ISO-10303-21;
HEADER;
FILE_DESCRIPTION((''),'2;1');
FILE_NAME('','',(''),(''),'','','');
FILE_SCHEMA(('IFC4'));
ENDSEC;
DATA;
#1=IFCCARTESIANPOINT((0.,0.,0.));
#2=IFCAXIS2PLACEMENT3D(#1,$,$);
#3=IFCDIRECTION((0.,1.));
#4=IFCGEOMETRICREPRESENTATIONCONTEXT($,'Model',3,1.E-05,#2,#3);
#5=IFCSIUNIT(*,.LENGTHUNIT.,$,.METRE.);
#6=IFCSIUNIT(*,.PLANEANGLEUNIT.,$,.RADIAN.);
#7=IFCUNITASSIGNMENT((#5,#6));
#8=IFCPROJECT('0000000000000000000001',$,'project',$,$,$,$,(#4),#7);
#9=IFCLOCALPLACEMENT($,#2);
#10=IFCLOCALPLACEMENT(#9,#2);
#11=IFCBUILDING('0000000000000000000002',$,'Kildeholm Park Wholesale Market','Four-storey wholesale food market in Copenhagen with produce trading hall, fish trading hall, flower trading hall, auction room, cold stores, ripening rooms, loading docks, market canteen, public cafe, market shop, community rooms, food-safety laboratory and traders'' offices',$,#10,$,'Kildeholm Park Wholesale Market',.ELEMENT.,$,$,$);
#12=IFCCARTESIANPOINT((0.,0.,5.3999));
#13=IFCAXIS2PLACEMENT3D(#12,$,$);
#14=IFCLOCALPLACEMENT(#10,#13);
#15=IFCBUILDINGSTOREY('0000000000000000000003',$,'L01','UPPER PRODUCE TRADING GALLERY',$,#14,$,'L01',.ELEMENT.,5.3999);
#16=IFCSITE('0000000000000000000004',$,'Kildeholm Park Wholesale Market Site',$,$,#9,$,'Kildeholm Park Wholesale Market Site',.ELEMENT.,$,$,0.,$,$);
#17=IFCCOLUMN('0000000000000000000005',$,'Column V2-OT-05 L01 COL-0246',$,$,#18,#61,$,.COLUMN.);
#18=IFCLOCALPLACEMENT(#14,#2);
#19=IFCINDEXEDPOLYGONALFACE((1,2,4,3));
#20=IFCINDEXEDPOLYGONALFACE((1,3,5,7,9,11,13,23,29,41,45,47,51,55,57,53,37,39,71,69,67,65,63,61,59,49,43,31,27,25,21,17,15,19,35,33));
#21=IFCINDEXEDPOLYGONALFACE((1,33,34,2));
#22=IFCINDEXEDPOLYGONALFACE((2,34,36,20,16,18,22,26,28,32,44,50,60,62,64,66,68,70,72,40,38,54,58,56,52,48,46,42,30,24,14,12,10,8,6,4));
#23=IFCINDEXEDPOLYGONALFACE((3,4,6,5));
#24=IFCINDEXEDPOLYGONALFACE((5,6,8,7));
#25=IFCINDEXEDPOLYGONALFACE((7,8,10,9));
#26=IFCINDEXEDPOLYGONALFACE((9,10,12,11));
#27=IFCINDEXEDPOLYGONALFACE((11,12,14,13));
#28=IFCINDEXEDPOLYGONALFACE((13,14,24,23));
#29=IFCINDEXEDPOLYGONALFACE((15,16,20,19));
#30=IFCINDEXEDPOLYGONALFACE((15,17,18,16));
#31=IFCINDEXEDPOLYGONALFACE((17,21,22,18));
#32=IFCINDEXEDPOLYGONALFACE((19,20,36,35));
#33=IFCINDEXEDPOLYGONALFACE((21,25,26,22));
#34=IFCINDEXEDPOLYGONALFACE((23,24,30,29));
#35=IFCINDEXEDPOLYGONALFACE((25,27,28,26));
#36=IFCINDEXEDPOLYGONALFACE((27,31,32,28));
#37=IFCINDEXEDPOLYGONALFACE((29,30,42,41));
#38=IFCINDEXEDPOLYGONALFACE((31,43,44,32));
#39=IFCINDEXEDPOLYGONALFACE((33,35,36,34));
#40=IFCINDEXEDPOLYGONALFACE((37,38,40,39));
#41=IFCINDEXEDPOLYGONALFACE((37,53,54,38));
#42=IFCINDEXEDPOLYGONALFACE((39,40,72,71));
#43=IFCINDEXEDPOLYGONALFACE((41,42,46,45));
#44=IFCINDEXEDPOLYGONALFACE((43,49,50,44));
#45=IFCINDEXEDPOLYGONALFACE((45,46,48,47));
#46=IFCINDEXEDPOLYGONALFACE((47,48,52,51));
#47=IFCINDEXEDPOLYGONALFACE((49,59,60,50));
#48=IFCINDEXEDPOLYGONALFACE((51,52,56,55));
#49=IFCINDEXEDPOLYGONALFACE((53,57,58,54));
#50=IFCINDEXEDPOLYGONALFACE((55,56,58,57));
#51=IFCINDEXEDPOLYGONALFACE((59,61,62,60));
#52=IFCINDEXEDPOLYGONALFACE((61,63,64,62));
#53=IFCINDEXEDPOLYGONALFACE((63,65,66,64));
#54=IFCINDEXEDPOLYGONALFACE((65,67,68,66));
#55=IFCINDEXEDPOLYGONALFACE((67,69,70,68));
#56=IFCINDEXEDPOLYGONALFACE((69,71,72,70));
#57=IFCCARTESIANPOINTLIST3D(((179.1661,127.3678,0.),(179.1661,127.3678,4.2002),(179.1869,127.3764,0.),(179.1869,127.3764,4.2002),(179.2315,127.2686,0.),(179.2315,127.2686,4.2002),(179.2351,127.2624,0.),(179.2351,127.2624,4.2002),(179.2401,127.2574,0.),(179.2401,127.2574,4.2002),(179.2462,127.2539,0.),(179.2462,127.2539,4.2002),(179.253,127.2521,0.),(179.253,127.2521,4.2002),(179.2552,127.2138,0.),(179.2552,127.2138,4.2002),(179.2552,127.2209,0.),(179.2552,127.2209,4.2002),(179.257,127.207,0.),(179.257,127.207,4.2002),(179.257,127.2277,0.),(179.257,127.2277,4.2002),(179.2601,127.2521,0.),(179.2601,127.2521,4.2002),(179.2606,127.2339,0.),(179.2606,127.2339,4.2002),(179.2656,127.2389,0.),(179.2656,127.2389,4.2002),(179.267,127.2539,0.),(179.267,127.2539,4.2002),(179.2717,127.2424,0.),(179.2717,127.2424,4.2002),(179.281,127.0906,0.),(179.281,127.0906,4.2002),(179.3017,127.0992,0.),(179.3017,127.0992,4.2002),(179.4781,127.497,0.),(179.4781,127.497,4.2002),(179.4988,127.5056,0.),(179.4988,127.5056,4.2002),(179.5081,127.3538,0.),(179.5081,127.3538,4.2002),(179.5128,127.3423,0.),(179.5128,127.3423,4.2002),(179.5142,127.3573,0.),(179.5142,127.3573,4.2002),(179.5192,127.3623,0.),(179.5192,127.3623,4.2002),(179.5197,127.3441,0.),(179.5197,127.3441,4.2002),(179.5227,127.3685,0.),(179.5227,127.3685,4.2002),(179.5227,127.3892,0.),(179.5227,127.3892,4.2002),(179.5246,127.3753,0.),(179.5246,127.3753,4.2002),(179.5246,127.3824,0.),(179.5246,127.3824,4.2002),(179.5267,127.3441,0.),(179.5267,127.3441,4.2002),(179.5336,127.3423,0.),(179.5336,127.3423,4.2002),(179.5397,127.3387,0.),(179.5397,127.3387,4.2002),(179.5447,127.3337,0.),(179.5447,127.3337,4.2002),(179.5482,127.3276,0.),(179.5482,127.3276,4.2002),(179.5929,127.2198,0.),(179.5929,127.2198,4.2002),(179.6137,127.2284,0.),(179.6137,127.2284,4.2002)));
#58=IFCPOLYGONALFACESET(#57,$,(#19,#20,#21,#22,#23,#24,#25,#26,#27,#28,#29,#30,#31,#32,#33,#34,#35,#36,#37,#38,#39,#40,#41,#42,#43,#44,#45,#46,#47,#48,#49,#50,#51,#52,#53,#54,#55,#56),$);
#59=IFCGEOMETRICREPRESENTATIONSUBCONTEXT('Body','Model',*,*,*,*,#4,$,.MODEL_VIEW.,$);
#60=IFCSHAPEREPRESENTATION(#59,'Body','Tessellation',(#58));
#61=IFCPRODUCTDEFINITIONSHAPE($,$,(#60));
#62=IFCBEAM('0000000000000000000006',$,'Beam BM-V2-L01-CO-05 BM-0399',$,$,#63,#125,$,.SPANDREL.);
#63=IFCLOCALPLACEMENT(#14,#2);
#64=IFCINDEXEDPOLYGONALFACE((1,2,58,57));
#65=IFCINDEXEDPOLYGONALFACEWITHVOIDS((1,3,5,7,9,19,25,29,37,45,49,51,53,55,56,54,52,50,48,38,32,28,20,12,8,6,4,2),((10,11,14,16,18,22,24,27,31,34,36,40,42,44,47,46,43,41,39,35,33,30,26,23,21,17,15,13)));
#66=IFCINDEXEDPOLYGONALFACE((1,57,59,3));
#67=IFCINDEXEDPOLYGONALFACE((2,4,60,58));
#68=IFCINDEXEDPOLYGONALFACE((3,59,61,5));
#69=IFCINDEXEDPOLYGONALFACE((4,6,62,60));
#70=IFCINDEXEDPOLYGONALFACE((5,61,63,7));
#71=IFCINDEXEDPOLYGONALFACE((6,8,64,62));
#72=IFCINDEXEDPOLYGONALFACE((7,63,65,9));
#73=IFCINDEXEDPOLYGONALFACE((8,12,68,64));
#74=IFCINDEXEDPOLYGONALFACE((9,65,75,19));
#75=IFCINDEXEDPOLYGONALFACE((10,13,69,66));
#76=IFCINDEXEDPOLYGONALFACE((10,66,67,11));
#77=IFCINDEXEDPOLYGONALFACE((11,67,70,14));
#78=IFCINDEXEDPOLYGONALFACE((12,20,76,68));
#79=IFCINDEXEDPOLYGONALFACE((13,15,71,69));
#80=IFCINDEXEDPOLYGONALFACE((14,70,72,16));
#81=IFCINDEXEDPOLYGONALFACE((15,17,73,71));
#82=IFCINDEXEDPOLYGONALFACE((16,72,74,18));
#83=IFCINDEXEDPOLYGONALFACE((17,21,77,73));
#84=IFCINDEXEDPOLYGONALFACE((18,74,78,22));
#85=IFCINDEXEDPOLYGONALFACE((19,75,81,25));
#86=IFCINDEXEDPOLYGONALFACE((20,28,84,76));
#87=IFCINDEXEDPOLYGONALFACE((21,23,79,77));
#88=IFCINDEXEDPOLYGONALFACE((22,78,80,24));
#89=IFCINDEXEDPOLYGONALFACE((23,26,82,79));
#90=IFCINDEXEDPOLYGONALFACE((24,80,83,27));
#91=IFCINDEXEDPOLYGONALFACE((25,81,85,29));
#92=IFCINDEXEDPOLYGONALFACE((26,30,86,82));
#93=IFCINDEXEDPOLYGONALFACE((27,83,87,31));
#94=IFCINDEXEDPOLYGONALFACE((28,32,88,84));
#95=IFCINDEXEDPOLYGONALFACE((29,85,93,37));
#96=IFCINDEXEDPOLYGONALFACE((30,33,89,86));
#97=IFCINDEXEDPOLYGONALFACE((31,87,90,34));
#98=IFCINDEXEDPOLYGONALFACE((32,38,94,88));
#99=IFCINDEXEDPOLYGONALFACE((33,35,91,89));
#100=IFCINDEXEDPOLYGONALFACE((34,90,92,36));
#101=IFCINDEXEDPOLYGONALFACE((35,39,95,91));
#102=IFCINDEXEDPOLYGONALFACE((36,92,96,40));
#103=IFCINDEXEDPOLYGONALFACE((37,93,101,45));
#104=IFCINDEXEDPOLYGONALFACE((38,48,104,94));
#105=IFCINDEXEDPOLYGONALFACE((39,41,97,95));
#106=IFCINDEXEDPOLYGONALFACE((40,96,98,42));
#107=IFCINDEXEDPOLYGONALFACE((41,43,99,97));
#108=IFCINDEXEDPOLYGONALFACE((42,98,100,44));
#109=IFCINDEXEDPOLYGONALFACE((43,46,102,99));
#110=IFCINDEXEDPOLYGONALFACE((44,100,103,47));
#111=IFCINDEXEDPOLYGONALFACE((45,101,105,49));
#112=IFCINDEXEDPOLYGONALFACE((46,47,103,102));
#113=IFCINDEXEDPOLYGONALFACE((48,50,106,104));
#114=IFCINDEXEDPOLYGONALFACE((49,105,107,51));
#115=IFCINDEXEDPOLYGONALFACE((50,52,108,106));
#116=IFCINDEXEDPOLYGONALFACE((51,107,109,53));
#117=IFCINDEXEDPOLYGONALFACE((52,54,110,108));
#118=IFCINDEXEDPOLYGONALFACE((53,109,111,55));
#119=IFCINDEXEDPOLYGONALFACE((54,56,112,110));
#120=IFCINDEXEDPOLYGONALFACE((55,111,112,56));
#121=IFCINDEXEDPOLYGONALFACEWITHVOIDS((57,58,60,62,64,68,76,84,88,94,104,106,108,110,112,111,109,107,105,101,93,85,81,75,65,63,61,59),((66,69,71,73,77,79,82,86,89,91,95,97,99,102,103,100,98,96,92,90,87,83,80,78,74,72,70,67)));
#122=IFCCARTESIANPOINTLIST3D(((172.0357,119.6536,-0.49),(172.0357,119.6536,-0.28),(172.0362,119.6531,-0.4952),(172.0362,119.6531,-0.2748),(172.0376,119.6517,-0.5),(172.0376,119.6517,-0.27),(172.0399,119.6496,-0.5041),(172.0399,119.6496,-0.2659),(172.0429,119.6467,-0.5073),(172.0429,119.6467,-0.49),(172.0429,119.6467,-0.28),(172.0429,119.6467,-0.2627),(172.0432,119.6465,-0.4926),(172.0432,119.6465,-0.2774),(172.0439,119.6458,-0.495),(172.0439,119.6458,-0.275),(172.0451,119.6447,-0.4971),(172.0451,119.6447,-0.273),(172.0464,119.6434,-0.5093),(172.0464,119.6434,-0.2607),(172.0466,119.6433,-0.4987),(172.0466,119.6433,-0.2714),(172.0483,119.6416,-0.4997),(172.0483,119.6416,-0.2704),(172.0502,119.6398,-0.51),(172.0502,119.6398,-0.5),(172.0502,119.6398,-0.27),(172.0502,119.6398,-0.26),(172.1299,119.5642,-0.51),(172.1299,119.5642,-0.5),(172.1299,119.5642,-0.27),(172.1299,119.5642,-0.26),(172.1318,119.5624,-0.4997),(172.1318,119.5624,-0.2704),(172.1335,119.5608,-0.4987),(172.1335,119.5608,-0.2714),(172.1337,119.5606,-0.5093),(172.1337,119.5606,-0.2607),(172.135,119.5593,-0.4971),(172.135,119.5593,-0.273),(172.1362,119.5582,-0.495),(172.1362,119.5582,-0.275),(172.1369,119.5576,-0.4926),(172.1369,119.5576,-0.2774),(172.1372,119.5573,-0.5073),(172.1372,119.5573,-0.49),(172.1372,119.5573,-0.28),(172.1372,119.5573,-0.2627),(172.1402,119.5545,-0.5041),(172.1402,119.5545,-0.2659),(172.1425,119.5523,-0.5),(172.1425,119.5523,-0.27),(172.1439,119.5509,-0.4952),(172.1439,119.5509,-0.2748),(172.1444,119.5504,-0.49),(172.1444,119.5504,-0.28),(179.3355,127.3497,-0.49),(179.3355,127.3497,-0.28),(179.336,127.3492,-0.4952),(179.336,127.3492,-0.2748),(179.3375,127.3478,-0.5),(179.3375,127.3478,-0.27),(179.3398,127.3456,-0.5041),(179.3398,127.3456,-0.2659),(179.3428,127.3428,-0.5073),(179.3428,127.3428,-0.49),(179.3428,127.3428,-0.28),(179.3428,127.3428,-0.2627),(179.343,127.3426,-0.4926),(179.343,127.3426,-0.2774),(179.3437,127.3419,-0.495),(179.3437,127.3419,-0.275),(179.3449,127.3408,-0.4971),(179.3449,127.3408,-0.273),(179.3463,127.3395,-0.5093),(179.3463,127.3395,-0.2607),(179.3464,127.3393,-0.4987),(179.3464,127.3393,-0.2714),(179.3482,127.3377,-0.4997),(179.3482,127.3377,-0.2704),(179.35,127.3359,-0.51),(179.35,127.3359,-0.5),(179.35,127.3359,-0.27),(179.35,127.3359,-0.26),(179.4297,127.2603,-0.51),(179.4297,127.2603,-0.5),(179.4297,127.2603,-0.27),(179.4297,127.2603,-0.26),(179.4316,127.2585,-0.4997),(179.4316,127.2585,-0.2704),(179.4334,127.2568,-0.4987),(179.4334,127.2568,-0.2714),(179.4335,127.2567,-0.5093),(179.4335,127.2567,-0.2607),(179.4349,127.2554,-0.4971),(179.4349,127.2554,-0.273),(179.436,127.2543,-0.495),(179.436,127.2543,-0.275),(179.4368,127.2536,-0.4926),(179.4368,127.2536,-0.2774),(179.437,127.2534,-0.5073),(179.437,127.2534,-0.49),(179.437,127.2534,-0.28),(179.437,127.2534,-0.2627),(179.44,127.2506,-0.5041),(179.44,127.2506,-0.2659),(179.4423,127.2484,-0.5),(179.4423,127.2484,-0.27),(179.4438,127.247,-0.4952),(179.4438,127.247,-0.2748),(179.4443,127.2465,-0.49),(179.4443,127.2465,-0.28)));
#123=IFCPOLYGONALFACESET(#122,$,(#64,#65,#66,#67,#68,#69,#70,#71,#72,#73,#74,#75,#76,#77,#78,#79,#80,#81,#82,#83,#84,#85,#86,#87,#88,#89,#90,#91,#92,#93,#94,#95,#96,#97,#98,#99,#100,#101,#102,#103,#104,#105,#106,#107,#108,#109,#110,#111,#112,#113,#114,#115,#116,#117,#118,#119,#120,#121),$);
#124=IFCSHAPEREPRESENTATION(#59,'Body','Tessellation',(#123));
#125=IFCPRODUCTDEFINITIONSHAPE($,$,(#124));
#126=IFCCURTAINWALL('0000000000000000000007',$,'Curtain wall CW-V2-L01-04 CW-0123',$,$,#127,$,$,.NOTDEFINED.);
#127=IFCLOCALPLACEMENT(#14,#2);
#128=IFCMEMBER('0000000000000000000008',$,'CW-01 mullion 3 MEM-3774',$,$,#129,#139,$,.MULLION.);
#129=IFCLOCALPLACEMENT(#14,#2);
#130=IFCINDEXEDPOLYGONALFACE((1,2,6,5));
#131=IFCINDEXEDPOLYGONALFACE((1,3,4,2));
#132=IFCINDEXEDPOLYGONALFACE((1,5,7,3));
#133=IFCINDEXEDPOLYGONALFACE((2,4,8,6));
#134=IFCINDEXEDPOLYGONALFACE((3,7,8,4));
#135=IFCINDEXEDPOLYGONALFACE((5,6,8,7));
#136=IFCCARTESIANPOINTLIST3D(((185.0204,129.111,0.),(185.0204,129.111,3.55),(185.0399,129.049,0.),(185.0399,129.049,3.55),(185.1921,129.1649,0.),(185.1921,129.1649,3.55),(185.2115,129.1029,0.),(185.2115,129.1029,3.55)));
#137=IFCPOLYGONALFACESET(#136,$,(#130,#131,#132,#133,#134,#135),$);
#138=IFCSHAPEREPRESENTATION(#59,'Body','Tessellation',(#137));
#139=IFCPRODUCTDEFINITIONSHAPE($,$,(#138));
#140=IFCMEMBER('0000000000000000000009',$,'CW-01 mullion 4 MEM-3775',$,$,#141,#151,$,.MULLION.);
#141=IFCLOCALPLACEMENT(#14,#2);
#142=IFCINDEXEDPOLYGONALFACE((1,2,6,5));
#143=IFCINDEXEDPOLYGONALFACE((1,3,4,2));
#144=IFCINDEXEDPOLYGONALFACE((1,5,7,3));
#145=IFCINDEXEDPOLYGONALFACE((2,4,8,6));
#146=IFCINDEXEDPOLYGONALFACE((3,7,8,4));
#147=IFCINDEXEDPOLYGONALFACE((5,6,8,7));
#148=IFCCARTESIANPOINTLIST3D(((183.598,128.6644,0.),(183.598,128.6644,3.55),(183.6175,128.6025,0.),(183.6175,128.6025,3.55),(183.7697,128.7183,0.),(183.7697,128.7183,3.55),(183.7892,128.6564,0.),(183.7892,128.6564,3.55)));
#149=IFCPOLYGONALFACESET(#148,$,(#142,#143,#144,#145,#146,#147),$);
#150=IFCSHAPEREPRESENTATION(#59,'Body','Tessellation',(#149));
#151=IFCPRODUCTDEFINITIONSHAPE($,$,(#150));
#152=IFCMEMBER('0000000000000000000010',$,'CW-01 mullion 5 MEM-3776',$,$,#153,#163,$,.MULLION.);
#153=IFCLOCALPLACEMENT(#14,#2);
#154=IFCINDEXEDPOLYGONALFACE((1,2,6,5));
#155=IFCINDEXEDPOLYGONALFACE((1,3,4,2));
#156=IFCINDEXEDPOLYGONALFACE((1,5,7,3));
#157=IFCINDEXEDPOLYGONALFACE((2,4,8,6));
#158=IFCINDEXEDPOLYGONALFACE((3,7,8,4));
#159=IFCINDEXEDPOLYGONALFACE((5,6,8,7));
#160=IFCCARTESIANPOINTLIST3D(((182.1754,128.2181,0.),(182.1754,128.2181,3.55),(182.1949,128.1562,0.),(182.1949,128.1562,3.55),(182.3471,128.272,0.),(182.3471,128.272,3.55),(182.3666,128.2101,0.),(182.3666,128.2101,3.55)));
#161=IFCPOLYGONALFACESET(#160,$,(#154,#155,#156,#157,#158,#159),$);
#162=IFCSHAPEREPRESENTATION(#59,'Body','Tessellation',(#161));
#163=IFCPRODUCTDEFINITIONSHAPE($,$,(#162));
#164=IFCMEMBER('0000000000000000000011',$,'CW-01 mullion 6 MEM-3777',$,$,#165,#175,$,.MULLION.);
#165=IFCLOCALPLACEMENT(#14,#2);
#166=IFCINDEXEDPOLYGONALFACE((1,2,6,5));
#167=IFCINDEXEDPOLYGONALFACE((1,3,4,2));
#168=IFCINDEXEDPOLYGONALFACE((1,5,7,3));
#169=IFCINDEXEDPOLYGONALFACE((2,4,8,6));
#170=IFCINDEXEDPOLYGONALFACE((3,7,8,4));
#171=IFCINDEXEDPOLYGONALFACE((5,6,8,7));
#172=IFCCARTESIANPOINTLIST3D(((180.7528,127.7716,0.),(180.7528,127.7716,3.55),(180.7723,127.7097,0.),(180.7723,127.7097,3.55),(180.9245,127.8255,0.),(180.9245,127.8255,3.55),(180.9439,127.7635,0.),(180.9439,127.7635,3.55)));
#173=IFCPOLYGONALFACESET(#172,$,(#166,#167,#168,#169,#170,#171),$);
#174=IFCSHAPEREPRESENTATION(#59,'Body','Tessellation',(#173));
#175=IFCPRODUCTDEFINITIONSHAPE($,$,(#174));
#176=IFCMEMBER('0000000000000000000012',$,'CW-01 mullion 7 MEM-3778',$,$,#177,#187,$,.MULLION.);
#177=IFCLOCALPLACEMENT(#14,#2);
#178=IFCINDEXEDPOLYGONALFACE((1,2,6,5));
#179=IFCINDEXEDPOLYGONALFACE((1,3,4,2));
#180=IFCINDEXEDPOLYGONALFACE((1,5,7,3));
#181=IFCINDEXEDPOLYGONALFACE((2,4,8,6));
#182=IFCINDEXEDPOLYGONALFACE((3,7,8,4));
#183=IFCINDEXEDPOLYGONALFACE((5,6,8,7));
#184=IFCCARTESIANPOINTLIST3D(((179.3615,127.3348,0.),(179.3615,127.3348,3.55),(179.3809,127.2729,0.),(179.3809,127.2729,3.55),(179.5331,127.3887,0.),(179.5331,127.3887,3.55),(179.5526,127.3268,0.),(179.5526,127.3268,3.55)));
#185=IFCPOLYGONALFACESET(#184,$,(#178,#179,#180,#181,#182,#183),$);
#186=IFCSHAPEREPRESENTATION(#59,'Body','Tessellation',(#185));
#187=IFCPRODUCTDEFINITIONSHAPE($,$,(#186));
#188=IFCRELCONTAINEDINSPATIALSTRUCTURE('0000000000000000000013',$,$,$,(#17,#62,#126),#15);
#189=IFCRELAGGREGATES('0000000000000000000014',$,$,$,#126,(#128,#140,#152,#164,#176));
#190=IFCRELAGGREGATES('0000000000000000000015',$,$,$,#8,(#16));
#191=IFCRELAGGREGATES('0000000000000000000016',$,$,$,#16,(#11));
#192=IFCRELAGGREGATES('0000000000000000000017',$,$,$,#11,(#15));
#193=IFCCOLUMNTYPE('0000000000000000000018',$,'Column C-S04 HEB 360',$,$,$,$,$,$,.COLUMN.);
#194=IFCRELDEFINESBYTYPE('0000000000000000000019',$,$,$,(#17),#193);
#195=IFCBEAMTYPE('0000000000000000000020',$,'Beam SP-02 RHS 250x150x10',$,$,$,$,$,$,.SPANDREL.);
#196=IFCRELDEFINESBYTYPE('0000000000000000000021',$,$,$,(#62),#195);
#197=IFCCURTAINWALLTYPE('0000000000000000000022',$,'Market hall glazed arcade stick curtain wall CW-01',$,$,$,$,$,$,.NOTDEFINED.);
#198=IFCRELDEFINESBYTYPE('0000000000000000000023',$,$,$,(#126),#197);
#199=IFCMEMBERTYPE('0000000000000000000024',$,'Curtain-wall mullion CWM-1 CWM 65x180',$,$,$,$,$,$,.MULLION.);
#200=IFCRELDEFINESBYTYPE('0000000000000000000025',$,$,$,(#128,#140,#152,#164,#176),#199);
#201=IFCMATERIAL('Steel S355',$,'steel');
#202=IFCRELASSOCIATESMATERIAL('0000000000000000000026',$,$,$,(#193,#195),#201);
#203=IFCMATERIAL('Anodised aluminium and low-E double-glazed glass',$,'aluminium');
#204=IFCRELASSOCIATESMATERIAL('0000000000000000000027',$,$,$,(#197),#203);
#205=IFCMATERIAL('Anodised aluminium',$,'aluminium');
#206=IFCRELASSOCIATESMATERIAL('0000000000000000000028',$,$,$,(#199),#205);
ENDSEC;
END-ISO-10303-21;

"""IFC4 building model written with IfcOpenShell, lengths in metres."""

from ifc_helpers import new_model, si_unit, direction, frame, origin, origin_2d, place, context, subcontext, project, spatial, rectangle, hollow_rectangle, i_section, extrude, material, material_profile, profile_set, type_object, element, aggregate, save


model = new_model("IFC4")

# Units and contexts
model_context = context("Model", 3, precision=1e-05, world=origin(), true_north=direction((0.0, 1.0)))
body_context = subcontext(model_context, "Body", "Model", "MODEL_VIEW")
ifc_project = project(units=[si_unit("LENGTHUNIT", "METRE"), si_unit("PLANEANGLEUNIT", "RADIAN")], contexts=[model_context])

# Site, building, storey
site_placement = place(None, origin())
site = spatial("IfcSite", under=ifc_project, at=site_placement, Name="Kildeholm Park Wholesale Market Site", LongName="Kildeholm Park Wholesale Market Site", CompositionType="ELEMENT", RefElevation=0.0)
building_placement = place(site_placement, origin())
building = spatial("IfcBuilding", under=site, at=building_placement, Name="Kildeholm Park Wholesale Market", Description="Four-storey wholesale food market in Copenhagen with produce trading hall, fish trading hall, flower trading hall, auction room, cold stores, ripening rooms, loading docks, market canteen, public cafe, market shop, community rooms, food-safety laboratory and traders' offices", LongName="Kildeholm Park Wholesale Market", CompositionType="ELEMENT")
storey_placement = place(building_placement, frame((0.0, 0.0, 5.3999)))
storey = spatial("IfcBuildingStorey", under=building, at=storey_placement, Name="L01", Description="UPPER PRODUCE TRADING GALLERY", LongName="L01", CompositionType="ELEMENT", Elevation=5.3999)

# Column
ifc_material_1 = material(Name="Steel S355", Category="steel")
ifc_material_profile_1 = material_profile(ifc_material_1, i_section(OverallWidth=0.3, OverallDepth=0.3601, WebThickness=0.0125, FlangeThickness=0.0225, FilletRadius=0.0271, at=origin_2d()), Name="HEB 360")
ifc_profile_set_1 = profile_set([ifc_material_profile_1], Name="Steel S355")
column_type = type_object("IfcColumnType", Name="Column C-S04 HEB 360", PredefinedType="COLUMN", material=ifc_profile_set_1)
column_placement = place(storey_placement, frame((179.3899, 127.2981, 0.0), z_axis=(0.0, 0.0, 1.0), x_axis=(-0.382683, 0.92388, 0.0)))
element("IfcColumn", 1, at=column_placement, inside=storey, type_object=column_type, Name="Column V2-OT-05 L01 COL-0246", PredefinedType="COLUMN", context=body_context, shape_type="SweptSolid", body=[
    extrude(i_section(OverallWidth=0.3, OverallDepth=0.3601, WebThickness=0.0125, FlangeThickness=0.0225, FilletRadius=0.0271, at=origin_2d()), origin(), (0.0, 0.0, 1.0), 4.2002),
])

# Beam
ifc_material_profile_2 = material_profile(ifc_material_1, hollow_rectangle(XDim=0.1499, YDim=0.25, WallThickness=0.01, InnerFilletRadius=0.01, OuterFilletRadius=0.02, at=origin_2d()), Name="RHS 250x150x10")
ifc_profile_set_2 = profile_set([ifc_material_profile_2], Name="Steel S355")
beam_type = type_object("IfcBeamType", Name="Beam SP-02 RHS 250x150x10", PredefinedType="SPANDREL", material=ifc_profile_set_2)
beam_placement = place(storey_placement, frame((179.3899, 127.2981, -0.385), z_axis=(-0.688182, -0.725538, 0.0), x_axis=(0.725538, -0.688182, 0.0)))
element("IfcBeam", 2, at=beam_placement, inside=storey, type_object=beam_type, Name="Beam BM-V2-L01-CO-05 BM-0399", PredefinedType="SPANDREL", context=body_context, shape_type="SweptSolid", body=[
    extrude(hollow_rectangle(XDim=0.1499, YDim=0.25, WallThickness=0.01, InnerFilletRadius=0.01, OuterFilletRadius=0.02, at=origin_2d()), origin(), (0.0, 0.0, 1.0), 10.6074),
])

# Curtain wall, members
ifc_material_2 = material(Name="Anodised aluminium and low-E double-glazed glass", Category="aluminium")
curtain_wall_type = type_object("IfcCurtainWallType", Name="Market hall glazed arcade stick curtain wall CW-01", PredefinedType="NOTDEFINED", material=ifc_material_2)
curtain_wall_1_placement = place(storey_placement, origin())
curtain_wall_1 = element("IfcCurtainWall", 3, at=curtain_wall_1_placement, inside=storey, type_object=curtain_wall_type, Name="Curtain wall CW-V2-L01-04 CW-0123", PredefinedType="NOTDEFINED")
ifc_material_3 = material(Name="Anodised aluminium", Category="aluminium")
ifc_material_profile_3 = material_profile(ifc_material_3, rectangle(XDim=0.0649, YDim=0.1799, at=origin_2d()), Name="CWM 65x180")
ifc_profile_set_3 = profile_set([ifc_material_profile_3], Name="Anodised aluminium")
member_type_1 = type_object("IfcMemberType", Name="Curtain-wall mullion CWM-1 CWM 65x180", PredefinedType="MULLION", material=ifc_profile_set_3)
member_1_placement = place(storey_placement, frame((185.116, 129.1069, 0.0), z_axis=(0.0, 0.0, 1.0), x_axis=(0.299478, -0.954103, 0.0)))
member_1 = element("IfcMember", 4, at=member_1_placement, type_object=member_type_1, Name="CW-01 mullion 3 MEM-3774", PredefinedType="MULLION", context=body_context, shape_type="SweptSolid", body=[
    extrude(rectangle(XDim=0.0649, YDim=0.1799, at=origin_2d()), origin(), (0.0, 0.0, 1.0), 3.55),
])
member_2_placement = place(storey_placement, frame((183.6936, 128.6604, 0.0), z_axis=(0.0, 0.0, 1.0), x_axis=(0.299478, -0.954103, 0.0)))
member_2 = element("IfcMember", 5, at=member_2_placement, type_object=member_type_1, Name="CW-01 mullion 4 MEM-3775", PredefinedType="MULLION", context=body_context, shape_type="SweptSolid", body=[
    extrude(rectangle(XDim=0.0649, YDim=0.1799, at=origin_2d()), origin(), (0.0, 0.0, 1.0), 3.55),
])
member_3_placement = place(storey_placement, frame((182.271, 128.2141, 0.0), z_axis=(0.0, 0.0, 1.0), x_axis=(0.299478, -0.954103, 0.0)))
member_3 = element("IfcMember", 6, at=member_3_placement, type_object=member_type_1, Name="CW-01 mullion 5 MEM-3776", PredefinedType="MULLION", context=body_context, shape_type="SweptSolid", body=[
    extrude(rectangle(XDim=0.0649, YDim=0.1799, at=origin_2d()), origin(), (0.0, 0.0, 1.0), 3.55),
])
member_4_placement = place(storey_placement, frame((180.8484, 127.7676, 0.0), z_axis=(0.0, 0.0, 1.0), x_axis=(0.299478, -0.954103, 0.0)))
member_4 = element("IfcMember", 7, at=member_4_placement, type_object=member_type_1, Name="CW-01 mullion 6 MEM-3777", PredefinedType="MULLION", context=body_context, shape_type="SweptSolid", body=[
    extrude(rectangle(XDim=0.0649, YDim=0.1799, at=origin_2d()), origin(), (0.0, 0.0, 1.0), 3.55),
])
member_5_placement = place(storey_placement, frame((179.457, 127.3308, 0.0), z_axis=(0.0, 0.0, 1.0), x_axis=(0.299478, -0.954103, 0.0)))
member_5 = element("IfcMember", 8, at=member_5_placement, type_object=member_type_1, Name="CW-01 mullion 7 MEM-3778", PredefinedType="MULLION", context=body_context, shape_type="SweptSolid", body=[
    extrude(rectangle(XDim=0.0649, YDim=0.1799, at=origin_2d()), origin(), (0.0, 0.0, 1.0), 3.55),
])

aggregate(curtain_wall_1, [member_1, member_2, member_3, member_4, member_5])

save(model, "model.ifc")
